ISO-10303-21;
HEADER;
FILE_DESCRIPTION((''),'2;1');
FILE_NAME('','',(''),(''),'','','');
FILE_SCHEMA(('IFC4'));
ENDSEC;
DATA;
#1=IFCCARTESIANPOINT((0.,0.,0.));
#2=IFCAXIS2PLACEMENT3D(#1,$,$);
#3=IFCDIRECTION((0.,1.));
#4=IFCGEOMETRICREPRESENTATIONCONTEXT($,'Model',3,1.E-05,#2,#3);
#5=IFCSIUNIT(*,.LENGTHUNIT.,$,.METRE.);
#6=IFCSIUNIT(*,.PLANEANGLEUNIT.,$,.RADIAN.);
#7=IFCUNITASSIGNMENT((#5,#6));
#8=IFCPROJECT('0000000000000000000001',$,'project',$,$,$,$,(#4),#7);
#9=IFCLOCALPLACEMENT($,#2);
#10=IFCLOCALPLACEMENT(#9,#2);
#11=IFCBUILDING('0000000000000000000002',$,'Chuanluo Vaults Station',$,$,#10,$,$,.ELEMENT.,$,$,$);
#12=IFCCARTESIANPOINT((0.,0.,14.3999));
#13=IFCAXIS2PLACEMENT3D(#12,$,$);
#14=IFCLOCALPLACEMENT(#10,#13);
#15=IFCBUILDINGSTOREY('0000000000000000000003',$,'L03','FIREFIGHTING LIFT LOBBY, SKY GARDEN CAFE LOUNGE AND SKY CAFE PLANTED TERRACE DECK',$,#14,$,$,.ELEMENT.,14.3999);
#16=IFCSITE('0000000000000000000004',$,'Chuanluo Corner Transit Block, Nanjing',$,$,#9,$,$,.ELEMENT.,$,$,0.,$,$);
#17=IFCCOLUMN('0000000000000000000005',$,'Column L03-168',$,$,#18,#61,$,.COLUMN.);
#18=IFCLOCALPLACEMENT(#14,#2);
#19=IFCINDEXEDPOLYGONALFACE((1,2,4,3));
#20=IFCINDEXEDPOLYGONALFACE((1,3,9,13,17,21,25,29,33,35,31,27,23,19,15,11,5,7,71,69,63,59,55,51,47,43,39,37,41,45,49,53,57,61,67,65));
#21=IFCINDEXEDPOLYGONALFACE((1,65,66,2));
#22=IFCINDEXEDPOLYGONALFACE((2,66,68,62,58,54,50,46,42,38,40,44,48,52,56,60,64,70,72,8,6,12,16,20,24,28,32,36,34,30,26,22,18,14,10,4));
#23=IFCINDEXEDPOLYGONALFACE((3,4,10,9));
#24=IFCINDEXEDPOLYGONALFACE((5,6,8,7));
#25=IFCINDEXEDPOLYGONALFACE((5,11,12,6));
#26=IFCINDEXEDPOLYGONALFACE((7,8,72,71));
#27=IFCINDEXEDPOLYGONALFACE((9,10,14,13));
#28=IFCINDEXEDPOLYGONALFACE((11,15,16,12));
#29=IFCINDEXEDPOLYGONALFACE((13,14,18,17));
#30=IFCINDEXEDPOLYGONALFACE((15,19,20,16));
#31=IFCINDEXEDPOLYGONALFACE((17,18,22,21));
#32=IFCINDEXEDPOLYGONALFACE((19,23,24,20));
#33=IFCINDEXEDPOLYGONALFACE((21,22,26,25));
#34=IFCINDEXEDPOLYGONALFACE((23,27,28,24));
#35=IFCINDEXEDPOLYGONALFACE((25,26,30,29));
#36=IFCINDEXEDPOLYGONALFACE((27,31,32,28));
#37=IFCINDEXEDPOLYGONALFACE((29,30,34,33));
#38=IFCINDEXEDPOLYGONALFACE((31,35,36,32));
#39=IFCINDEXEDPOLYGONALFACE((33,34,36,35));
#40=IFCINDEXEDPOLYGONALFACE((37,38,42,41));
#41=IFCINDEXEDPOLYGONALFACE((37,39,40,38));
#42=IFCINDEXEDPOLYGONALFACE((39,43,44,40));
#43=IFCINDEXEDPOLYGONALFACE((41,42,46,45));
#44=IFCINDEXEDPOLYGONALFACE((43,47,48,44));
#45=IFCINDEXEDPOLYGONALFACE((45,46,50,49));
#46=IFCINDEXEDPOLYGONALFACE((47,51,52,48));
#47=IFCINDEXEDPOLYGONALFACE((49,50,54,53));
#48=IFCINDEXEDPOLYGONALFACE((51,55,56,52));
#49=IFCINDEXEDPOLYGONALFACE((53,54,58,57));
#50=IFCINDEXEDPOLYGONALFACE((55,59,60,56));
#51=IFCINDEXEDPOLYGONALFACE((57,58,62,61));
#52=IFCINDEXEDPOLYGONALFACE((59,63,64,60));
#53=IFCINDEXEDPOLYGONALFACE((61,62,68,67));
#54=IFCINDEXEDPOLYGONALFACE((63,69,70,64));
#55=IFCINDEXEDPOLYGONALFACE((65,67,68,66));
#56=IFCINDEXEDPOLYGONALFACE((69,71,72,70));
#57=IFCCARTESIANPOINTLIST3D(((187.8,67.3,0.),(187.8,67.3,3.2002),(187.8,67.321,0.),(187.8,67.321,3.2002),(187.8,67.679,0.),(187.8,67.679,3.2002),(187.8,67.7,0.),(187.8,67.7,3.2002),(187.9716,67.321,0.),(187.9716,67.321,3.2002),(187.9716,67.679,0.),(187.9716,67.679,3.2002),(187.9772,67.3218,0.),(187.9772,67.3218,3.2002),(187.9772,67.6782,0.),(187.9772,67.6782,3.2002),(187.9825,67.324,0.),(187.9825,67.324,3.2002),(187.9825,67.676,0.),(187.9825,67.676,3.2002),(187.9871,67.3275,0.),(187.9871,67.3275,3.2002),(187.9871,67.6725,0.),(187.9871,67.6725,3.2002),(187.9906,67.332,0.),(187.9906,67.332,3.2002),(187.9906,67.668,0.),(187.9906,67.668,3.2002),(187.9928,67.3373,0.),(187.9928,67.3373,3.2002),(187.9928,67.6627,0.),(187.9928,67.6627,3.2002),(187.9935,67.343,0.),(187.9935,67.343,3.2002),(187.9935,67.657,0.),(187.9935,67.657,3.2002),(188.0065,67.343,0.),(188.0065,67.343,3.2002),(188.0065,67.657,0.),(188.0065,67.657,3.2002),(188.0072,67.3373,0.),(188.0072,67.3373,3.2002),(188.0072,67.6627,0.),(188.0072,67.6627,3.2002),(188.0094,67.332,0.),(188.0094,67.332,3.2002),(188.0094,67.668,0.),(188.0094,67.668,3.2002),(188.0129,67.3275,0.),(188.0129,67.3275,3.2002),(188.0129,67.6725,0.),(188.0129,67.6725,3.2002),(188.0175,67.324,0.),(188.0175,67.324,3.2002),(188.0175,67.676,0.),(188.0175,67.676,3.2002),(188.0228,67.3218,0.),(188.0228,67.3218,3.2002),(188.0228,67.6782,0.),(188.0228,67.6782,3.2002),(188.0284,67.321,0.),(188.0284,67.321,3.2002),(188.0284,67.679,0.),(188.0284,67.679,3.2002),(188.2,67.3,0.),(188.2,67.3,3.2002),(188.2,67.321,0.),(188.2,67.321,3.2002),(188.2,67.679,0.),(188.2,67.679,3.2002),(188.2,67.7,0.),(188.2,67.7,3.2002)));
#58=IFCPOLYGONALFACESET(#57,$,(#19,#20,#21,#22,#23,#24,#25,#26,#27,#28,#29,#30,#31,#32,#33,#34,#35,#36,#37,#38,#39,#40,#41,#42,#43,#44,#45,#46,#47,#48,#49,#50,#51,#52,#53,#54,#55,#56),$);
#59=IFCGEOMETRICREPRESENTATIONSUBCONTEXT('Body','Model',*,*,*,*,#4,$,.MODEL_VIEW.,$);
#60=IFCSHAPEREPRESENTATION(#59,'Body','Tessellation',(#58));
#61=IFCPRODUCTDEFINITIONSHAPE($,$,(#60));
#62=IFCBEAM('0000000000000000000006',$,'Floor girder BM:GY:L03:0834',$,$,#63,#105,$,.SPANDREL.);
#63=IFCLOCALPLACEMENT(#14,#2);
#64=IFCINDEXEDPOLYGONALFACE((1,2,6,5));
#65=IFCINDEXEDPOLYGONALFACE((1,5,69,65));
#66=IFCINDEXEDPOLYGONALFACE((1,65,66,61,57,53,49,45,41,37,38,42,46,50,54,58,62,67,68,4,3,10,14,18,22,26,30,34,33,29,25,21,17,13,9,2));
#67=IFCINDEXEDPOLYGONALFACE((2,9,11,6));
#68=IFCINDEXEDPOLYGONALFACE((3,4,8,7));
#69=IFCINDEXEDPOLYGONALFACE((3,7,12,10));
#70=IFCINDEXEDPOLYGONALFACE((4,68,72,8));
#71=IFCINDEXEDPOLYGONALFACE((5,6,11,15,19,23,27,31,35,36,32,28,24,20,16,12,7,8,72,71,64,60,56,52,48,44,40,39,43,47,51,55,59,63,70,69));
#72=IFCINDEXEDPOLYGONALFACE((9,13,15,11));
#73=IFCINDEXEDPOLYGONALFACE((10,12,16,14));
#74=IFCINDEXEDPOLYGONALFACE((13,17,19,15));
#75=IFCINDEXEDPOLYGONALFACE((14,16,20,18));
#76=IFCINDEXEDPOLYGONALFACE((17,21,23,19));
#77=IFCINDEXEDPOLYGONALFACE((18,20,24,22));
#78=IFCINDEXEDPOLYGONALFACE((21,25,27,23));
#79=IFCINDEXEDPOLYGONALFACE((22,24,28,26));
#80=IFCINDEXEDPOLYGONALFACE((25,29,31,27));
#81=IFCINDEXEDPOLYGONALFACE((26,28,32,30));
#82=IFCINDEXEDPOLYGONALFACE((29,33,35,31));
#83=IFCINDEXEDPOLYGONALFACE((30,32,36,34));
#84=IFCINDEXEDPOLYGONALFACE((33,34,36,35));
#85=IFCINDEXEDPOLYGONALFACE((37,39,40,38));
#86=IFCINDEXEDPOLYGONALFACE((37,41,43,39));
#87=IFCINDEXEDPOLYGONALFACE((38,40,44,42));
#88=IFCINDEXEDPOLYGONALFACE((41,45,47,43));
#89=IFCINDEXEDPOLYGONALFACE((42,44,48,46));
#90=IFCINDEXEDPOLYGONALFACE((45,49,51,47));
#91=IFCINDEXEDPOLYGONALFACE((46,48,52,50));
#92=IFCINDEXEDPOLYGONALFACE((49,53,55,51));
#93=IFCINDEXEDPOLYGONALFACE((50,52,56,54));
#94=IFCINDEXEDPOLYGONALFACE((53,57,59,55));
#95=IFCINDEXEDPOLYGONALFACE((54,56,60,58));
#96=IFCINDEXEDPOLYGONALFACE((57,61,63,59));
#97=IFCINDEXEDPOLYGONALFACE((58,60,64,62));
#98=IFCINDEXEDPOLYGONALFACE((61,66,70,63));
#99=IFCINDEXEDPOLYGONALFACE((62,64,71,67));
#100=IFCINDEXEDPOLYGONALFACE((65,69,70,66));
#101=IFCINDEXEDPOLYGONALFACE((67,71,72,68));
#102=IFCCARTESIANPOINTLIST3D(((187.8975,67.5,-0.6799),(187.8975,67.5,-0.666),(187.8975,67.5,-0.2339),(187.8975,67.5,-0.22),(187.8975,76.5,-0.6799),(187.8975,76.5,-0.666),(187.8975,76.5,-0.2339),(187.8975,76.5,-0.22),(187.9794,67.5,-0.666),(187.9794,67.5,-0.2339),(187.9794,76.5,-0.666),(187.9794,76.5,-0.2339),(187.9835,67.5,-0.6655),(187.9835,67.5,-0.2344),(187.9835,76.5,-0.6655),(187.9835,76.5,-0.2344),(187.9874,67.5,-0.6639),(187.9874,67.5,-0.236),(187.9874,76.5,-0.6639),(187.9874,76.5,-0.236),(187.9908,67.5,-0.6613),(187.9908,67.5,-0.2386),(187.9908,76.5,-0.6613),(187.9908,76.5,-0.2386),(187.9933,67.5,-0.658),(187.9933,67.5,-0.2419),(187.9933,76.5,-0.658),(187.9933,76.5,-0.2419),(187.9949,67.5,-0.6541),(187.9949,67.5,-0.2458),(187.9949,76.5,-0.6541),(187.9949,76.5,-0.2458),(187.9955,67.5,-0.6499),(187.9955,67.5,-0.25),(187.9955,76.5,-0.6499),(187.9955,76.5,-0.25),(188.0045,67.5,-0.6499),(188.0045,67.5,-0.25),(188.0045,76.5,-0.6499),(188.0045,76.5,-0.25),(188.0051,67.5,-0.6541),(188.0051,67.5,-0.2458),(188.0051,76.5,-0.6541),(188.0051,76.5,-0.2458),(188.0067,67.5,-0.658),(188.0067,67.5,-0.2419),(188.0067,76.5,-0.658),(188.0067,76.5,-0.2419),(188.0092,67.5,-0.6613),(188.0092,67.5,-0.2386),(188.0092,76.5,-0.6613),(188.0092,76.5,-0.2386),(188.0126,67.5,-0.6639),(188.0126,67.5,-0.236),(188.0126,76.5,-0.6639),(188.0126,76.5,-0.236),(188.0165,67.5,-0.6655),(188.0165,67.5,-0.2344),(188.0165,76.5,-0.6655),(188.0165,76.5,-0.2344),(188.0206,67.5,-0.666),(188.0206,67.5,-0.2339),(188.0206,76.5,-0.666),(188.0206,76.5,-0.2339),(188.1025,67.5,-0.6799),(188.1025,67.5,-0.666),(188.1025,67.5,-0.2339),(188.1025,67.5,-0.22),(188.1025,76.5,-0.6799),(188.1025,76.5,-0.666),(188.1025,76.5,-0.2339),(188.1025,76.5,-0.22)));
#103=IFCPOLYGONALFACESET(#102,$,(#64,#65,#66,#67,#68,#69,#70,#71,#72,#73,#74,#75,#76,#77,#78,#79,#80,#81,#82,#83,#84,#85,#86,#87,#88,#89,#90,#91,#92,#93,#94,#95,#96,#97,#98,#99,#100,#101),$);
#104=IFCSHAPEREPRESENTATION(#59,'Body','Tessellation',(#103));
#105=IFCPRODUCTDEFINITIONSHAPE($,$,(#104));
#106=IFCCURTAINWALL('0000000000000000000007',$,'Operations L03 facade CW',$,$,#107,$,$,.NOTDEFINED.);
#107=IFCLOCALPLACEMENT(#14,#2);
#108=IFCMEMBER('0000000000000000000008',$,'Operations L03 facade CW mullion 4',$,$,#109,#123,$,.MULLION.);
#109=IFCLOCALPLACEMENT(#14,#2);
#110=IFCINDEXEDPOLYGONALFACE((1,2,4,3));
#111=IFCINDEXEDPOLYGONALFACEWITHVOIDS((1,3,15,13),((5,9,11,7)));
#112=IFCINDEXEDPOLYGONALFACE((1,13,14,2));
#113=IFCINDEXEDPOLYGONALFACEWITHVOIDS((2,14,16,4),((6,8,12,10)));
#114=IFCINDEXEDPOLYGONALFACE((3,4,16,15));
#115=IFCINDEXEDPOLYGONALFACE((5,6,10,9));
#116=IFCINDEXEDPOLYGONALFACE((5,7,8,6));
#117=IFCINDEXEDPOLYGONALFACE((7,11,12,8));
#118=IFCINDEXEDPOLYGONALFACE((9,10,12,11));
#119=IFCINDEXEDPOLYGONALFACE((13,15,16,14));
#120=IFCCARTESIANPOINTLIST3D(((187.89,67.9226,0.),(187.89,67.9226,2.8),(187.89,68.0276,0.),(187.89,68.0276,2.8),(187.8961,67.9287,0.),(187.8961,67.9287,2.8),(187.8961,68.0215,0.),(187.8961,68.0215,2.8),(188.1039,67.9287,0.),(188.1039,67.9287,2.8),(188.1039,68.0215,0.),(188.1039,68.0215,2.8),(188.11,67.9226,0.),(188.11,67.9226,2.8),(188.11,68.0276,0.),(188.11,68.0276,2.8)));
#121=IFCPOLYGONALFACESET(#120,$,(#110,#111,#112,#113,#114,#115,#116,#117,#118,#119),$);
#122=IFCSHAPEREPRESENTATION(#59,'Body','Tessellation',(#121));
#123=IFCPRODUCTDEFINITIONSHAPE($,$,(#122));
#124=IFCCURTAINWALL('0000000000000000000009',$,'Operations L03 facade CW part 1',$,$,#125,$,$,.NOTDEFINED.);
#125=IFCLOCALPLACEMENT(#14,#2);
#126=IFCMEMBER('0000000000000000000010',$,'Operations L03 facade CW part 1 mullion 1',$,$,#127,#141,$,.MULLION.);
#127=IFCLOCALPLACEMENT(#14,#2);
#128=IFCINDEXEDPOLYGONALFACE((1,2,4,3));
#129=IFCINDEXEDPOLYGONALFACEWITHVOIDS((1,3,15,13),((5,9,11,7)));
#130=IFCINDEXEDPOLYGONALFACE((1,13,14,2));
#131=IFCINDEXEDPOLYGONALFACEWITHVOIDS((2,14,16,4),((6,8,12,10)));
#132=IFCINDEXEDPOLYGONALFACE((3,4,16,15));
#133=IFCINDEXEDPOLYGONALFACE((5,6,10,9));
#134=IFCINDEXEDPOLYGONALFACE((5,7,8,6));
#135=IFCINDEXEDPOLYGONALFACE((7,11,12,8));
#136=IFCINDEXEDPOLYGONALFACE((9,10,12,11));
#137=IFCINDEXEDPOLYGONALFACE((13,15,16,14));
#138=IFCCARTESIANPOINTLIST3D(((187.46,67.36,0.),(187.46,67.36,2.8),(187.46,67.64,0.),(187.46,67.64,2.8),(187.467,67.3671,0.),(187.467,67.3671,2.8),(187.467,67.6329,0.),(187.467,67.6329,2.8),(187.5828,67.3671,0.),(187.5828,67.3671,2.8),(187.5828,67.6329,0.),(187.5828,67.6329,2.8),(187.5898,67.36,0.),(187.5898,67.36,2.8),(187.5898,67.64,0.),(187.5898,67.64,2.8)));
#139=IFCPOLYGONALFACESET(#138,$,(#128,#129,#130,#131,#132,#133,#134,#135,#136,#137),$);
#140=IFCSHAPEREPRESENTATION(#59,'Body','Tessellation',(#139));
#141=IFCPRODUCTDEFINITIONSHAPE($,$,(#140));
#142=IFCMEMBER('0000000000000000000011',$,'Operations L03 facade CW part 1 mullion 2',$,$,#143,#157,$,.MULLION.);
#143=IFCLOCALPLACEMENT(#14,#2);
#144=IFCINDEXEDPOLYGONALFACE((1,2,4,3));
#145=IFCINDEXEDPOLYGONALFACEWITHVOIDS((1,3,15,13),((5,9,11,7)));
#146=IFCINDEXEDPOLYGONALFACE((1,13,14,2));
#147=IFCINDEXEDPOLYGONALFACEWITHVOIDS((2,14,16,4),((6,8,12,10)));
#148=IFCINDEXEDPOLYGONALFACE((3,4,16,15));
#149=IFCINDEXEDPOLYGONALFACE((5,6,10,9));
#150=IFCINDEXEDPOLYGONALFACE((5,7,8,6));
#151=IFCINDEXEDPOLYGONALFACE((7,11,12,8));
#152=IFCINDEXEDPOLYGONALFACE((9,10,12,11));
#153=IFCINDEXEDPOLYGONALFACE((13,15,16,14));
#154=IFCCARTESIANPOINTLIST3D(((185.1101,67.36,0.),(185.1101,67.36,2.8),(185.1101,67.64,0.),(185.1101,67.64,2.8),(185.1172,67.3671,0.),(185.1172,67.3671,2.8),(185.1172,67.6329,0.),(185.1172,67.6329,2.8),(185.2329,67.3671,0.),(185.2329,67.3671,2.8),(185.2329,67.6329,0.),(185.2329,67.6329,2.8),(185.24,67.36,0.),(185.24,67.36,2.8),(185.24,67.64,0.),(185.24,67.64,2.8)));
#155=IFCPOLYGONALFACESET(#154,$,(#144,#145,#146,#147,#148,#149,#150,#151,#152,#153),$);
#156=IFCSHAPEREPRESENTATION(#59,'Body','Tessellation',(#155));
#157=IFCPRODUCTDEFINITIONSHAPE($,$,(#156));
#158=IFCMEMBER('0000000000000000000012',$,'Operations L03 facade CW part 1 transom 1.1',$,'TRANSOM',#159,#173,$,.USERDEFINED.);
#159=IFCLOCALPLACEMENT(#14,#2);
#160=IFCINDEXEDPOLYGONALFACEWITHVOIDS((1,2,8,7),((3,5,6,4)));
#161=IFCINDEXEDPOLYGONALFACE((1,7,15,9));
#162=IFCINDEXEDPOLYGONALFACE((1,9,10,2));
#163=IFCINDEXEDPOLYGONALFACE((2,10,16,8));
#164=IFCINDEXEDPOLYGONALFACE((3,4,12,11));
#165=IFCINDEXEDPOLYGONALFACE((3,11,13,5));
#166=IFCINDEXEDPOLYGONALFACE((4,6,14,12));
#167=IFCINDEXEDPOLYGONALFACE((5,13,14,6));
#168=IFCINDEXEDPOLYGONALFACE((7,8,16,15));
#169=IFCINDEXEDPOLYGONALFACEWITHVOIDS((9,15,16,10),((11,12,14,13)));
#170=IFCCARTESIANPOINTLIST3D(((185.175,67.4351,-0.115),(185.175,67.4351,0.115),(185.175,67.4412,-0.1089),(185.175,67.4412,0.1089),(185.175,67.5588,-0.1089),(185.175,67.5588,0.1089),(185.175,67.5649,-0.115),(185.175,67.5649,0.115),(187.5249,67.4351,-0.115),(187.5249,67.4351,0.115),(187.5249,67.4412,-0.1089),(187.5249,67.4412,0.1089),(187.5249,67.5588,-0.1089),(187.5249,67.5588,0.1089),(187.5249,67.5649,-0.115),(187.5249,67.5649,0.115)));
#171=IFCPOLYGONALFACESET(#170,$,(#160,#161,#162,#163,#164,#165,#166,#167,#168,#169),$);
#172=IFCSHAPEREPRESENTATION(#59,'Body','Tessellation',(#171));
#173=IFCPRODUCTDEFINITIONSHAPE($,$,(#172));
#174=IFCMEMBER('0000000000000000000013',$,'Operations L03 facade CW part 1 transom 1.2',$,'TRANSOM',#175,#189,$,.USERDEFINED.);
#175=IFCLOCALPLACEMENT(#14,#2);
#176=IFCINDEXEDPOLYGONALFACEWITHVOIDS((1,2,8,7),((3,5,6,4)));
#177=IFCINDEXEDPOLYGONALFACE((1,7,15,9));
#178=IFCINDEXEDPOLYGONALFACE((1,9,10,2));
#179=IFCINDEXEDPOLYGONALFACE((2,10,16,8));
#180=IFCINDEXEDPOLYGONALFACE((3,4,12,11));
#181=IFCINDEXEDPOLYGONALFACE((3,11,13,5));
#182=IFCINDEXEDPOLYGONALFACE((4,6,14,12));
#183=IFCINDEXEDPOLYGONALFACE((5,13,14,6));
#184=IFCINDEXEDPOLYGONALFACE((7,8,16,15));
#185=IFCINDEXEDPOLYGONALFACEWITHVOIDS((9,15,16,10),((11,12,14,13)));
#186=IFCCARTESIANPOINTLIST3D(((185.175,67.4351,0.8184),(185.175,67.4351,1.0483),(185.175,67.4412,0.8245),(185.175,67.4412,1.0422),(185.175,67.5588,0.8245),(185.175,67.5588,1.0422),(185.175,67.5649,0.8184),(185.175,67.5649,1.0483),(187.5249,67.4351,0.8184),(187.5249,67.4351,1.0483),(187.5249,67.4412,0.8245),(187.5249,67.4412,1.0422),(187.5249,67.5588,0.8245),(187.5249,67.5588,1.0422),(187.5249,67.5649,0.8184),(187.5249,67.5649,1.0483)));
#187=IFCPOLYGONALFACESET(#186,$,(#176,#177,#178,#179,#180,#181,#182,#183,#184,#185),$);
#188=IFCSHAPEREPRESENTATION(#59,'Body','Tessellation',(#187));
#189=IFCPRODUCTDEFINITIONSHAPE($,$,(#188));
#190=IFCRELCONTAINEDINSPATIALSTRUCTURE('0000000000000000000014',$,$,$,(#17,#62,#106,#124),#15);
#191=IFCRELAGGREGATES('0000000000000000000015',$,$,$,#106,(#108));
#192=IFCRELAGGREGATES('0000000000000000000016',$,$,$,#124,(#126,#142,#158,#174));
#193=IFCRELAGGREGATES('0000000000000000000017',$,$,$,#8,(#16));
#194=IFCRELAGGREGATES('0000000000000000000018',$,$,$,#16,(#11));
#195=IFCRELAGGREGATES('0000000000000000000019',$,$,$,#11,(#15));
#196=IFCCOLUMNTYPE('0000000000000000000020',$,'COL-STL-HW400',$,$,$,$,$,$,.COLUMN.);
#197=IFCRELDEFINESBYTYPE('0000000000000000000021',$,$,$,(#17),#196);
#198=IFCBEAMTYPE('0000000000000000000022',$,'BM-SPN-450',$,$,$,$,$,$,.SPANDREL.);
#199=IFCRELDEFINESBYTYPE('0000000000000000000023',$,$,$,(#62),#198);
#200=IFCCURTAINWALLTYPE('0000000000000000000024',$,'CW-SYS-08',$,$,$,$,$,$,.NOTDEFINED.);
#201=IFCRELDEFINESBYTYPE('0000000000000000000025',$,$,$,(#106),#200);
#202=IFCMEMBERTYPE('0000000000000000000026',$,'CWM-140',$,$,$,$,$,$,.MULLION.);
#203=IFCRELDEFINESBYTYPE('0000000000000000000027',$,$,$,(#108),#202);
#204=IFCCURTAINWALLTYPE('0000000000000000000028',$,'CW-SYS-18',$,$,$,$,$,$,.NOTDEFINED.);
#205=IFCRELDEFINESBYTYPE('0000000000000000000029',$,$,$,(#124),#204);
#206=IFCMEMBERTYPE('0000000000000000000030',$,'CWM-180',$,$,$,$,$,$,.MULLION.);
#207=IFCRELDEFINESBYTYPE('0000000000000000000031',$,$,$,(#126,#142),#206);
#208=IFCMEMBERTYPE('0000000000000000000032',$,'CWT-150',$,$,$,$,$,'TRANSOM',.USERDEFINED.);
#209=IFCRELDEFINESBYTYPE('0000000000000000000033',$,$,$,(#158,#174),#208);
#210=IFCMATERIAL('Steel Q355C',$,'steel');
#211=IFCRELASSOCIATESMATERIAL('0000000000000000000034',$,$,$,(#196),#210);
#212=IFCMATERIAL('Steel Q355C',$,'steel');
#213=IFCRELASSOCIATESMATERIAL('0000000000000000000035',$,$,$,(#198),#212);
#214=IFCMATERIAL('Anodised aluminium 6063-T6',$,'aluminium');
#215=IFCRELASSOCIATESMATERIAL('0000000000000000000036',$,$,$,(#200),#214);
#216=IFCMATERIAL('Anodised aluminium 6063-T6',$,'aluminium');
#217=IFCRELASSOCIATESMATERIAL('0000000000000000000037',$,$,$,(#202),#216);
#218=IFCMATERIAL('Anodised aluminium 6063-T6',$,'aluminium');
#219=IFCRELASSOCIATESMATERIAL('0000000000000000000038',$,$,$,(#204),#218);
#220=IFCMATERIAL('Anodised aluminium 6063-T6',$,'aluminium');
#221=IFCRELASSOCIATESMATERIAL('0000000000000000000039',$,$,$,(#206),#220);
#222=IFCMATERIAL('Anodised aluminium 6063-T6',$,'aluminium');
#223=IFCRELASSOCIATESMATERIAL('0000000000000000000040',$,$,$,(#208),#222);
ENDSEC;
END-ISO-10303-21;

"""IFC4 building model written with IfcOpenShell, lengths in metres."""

from ifc_helpers import new_model, si_unit, direction, frame, origin, origin_2d, place, context, subcontext, project, spatial, hollow_rectangle, i_section, extrude, material, material_profile, profile_set, type_object, element, aggregate, save


model = new_model("IFC4")

# Units and contexts
model_context = context("Model", 3, precision=1e-05, world=origin(), true_north=direction((0.0, 1.0)))
body_context = subcontext(model_context, "Body", "Model", "MODEL_VIEW")
ifc_project = project(units=[si_unit("LENGTHUNIT", "METRE"), si_unit("PLANEANGLEUNIT", "RADIAN")], contexts=[model_context])

# Site, building, storey
site_placement = place(None, origin())
site = spatial("IfcSite", under=ifc_project, at=site_placement, Name="Chuanluo Corner Transit Block, Nanjing", CompositionType="ELEMENT", RefElevation=0.0)
building_placement = place(site_placement, origin())
building = spatial("IfcBuilding", under=site, at=building_placement, Name="Chuanluo Vaults Station", CompositionType="ELEMENT")
storey_placement = place(building_placement, frame((0.0, 0.0, 14.3999)))
storey = spatial("IfcBuildingStorey", under=building, at=storey_placement, Name="L03", Description="FIREFIGHTING LIFT LOBBY, SKY GARDEN CAFE LOUNGE AND SKY CAFE PLANTED TERRACE DECK", CompositionType="ELEMENT", Elevation=14.3999)

# Column
ifc_material_1 = material(Name="Steel Q355C", Category="steel")
ifc_material_profile_1 = material_profile(ifc_material_1, i_section(OverallWidth=0.3999, OverallDepth=0.3999, WebThickness=0.0129, FlangeThickness=0.021, FilletRadius=0.022, at=origin_2d()))
ifc_profile_set_1 = profile_set([ifc_material_profile_1], Name="Steel Q355C")
column_type = type_object("IfcColumnType", Name="COL-STL-HW400", PredefinedType="COLUMN", material=ifc_profile_set_1)
column_placement = place(storey_placement, frame((188.0, 67.5, 0.0), z_axis=(0.0, 0.0, 1.0), x_axis=(1.0, 0.0, 0.0)))
element("IfcColumn", 1, at=column_placement, inside=storey, type_object=column_type, Name="Column L03-168", PredefinedType="COLUMN", context=body_context, shape_type="SweptSolid", body=[
    extrude(i_section(OverallWidth=0.3999, OverallDepth=0.3999, WebThickness=0.0129, FlangeThickness=0.021, FilletRadius=0.022, at=origin_2d()), origin(), (0.0, 0.0, 1.0), 3.2002),
])

# Beam
ifc_material_2 = material(Name="Steel Q355C", Category="steel")
ifc_material_profile_2 = material_profile(ifc_material_2, i_section(OverallWidth=0.2051, OverallDepth=0.46, WebThickness=0.009, FlangeThickness=0.0139, FilletRadius=0.0161, at=origin_2d()))
ifc_profile_set_2 = profile_set([ifc_material_profile_2], Name="Steel Q355C")
beam_type = type_object("IfcBeamType", Name="BM-SPN-450", PredefinedType="SPANDREL", material=ifc_profile_set_2)
beam_placement = place(storey_placement, frame((188.0, 67.5, -0.45), z_axis=(0.0, 1.0, 0.0), x_axis=(-1.0, 0.0, 0.0)))
element("IfcBeam", 2, at=beam_placement, inside=storey, type_object=beam_type, Name="Floor girder BM:GY:L03:0834", PredefinedType="SPANDREL", context=body_context, shape_type="SweptSolid", body=[
    extrude(i_section(OverallWidth=0.2051, OverallDepth=0.46, WebThickness=0.009, FlangeThickness=0.0139, FilletRadius=0.0161, at=origin_2d()), origin(), (0.0, 0.0, 1.0), 9.0),
])

# Curtain wall, member
ifc_material_3 = material(Name="Anodised aluminium 6063-T6", Category="aluminium")
curtain_wall_type_1 = type_object("IfcCurtainWallType", Name="CW-SYS-08", PredefinedType="NOTDEFINED", material=ifc_material_3)
curtain_wall_1_placement = place(storey_placement, origin())
curtain_wall_1 = element("IfcCurtainWall", 3, at=curtain_wall_1_placement, inside=storey, type_object=curtain_wall_type_1, Name="Operations L03 facade CW", PredefinedType="NOTDEFINED")
ifc_material_4 = material(Name="Anodised aluminium 6063-T6", Category="aluminium")
ifc_material_profile_3 = material_profile(ifc_material_4, hollow_rectangle(XDim=0.105, YDim=0.22, WallThickness=0.0061, at=origin_2d()))
ifc_profile_set_3 = profile_set([ifc_material_profile_3], Name="Anodised aluminium 6063-T6")
member_type_1 = type_object("IfcMemberType", Name="CWM-140", PredefinedType="MULLION", material=ifc_profile_set_3)
member_1_placement = place(storey_placement, frame((188.0, 67.9751, 0.0), z_axis=(0.0, 0.0, 1.0), x_axis=(0.0, -1.0, 0.0)))
member_1 = element("IfcMember", 4, at=member_1_placement, type_object=member_type_1, Name="Operations L03 facade CW mullion 4", PredefinedType="MULLION", context=body_context, shape_type="SweptSolid", body=[
    extrude(hollow_rectangle(XDim=0.105, YDim=0.22, WallThickness=0.0061, at=origin_2d()), origin(), (0.0, 0.0, 1.0), 2.8),
])

# Curtain wall, members
ifc_material_5 = material(Name="Anodised aluminium 6063-T6", Category="aluminium")
curtain_wall_type_2 = type_object("IfcCurtainWallType", Name="CW-SYS-18", PredefinedType="NOTDEFINED", material=ifc_material_5)
curtain_wall_2_placement = place(storey_placement, origin())
curtain_wall_2 = element("IfcCurtainWall", 5, at=curtain_wall_2_placement, inside=storey, type_object=curtain_wall_type_2, Name="Operations L03 facade CW part 1", PredefinedType="NOTDEFINED")
ifc_material_6 = material(Name="Anodised aluminium 6063-T6", Category="aluminium")
ifc_material_profile_4 = material_profile(ifc_material_6, hollow_rectangle(XDim=0.1299, YDim=0.28, WallThickness=0.0071, at=origin_2d()))
ifc_profile_set_4 = profile_set([ifc_material_profile_4], Name="Anodised aluminium 6063-T6")
member_type_2 = type_object("IfcMemberType", Name="CWM-180", PredefinedType="MULLION", material=ifc_profile_set_4)
member_2_placement = place(storey_placement, frame((187.5249, 67.5, 0.0), z_axis=(0.0, 0.0, 1.0), x_axis=(-1.0, 0.0, 0.0)))
member_2 = element("IfcMember", 6, at=member_2_placement, type_object=member_type_2, Name="Operations L03 facade CW part 1 mullion 1", PredefinedType="MULLION", context=body_context, shape_type="SweptSolid", body=[
    extrude(hollow_rectangle(XDim=0.1299, YDim=0.28, WallThickness=0.0071, at=origin_2d()), origin(), (0.0, 0.0, 1.0), 2.8),
])
member_3_placement = place(storey_placement, frame((185.175, 67.5, 0.0), z_axis=(0.0, 0.0, 1.0), x_axis=(-1.0, 0.0, 0.0)))
member_3 = element("IfcMember", 7, at=member_3_placement, type_object=member_type_2, Name="Operations L03 facade CW part 1 mullion 2", PredefinedType="MULLION", context=body_context, shape_type="SweptSolid", body=[
    extrude(hollow_rectangle(XDim=0.1299, YDim=0.28, WallThickness=0.0071, at=origin_2d()), origin(), (0.0, 0.0, 1.0), 2.8),
])
ifc_material_7 = material(Name="Anodised aluminium 6063-T6", Category="aluminium")
ifc_material_profile_5 = material_profile(ifc_material_7, hollow_rectangle(XDim=0.1299, YDim=0.23, WallThickness=0.0061, at=origin_2d()))
ifc_profile_set_5 = profile_set([ifc_material_profile_5], Name="Anodised aluminium 6063-T6")
member_type_3 = type_object("IfcMemberType", Name="CWT-150", ElementType="TRANSOM", PredefinedType="USERDEFINED", material=ifc_profile_set_5)
member_4_placement = place(storey_placement, frame((187.5249, 67.5, 0.0), z_axis=(-1.0, 0.0, 0.0), x_axis=(0.0, -1.0, 0.0)))
member_4 = element("IfcMember", 8, at=member_4_placement, type_object=member_type_3, Name="Operations L03 facade CW part 1 transom 1.1", ObjectType="TRANSOM", PredefinedType="USERDEFINED", context=body_context, shape_type="SweptSolid", body=[
    extrude(hollow_rectangle(XDim=0.1299, YDim=0.23, WallThickness=0.0061, at=origin_2d()), origin(), (0.0, 0.0, 1.0), 2.3499),
])
member_5_placement = place(storey_placement, frame((187.5249, 67.5, 0.9333), z_axis=(-1.0, 0.0, 0.0), x_axis=(0.0, -1.0, 0.0)))
member_5 = element("IfcMember", 9, at=member_5_placement, type_object=member_type_3, Name="Operations L03 facade CW part 1 transom 1.2", ObjectType="TRANSOM", PredefinedType="USERDEFINED", context=body_context, shape_type="SweptSolid", body=[
    extrude(hollow_rectangle(XDim=0.1299, YDim=0.23, WallThickness=0.0061, at=origin_2d()), origin(), (0.0, 0.0, 1.0), 2.3499),
])

aggregate(curtain_wall_1, [member_1])
aggregate(curtain_wall_2, [member_2, member_3, member_4, member_5])

save(model, "model.ifc")
